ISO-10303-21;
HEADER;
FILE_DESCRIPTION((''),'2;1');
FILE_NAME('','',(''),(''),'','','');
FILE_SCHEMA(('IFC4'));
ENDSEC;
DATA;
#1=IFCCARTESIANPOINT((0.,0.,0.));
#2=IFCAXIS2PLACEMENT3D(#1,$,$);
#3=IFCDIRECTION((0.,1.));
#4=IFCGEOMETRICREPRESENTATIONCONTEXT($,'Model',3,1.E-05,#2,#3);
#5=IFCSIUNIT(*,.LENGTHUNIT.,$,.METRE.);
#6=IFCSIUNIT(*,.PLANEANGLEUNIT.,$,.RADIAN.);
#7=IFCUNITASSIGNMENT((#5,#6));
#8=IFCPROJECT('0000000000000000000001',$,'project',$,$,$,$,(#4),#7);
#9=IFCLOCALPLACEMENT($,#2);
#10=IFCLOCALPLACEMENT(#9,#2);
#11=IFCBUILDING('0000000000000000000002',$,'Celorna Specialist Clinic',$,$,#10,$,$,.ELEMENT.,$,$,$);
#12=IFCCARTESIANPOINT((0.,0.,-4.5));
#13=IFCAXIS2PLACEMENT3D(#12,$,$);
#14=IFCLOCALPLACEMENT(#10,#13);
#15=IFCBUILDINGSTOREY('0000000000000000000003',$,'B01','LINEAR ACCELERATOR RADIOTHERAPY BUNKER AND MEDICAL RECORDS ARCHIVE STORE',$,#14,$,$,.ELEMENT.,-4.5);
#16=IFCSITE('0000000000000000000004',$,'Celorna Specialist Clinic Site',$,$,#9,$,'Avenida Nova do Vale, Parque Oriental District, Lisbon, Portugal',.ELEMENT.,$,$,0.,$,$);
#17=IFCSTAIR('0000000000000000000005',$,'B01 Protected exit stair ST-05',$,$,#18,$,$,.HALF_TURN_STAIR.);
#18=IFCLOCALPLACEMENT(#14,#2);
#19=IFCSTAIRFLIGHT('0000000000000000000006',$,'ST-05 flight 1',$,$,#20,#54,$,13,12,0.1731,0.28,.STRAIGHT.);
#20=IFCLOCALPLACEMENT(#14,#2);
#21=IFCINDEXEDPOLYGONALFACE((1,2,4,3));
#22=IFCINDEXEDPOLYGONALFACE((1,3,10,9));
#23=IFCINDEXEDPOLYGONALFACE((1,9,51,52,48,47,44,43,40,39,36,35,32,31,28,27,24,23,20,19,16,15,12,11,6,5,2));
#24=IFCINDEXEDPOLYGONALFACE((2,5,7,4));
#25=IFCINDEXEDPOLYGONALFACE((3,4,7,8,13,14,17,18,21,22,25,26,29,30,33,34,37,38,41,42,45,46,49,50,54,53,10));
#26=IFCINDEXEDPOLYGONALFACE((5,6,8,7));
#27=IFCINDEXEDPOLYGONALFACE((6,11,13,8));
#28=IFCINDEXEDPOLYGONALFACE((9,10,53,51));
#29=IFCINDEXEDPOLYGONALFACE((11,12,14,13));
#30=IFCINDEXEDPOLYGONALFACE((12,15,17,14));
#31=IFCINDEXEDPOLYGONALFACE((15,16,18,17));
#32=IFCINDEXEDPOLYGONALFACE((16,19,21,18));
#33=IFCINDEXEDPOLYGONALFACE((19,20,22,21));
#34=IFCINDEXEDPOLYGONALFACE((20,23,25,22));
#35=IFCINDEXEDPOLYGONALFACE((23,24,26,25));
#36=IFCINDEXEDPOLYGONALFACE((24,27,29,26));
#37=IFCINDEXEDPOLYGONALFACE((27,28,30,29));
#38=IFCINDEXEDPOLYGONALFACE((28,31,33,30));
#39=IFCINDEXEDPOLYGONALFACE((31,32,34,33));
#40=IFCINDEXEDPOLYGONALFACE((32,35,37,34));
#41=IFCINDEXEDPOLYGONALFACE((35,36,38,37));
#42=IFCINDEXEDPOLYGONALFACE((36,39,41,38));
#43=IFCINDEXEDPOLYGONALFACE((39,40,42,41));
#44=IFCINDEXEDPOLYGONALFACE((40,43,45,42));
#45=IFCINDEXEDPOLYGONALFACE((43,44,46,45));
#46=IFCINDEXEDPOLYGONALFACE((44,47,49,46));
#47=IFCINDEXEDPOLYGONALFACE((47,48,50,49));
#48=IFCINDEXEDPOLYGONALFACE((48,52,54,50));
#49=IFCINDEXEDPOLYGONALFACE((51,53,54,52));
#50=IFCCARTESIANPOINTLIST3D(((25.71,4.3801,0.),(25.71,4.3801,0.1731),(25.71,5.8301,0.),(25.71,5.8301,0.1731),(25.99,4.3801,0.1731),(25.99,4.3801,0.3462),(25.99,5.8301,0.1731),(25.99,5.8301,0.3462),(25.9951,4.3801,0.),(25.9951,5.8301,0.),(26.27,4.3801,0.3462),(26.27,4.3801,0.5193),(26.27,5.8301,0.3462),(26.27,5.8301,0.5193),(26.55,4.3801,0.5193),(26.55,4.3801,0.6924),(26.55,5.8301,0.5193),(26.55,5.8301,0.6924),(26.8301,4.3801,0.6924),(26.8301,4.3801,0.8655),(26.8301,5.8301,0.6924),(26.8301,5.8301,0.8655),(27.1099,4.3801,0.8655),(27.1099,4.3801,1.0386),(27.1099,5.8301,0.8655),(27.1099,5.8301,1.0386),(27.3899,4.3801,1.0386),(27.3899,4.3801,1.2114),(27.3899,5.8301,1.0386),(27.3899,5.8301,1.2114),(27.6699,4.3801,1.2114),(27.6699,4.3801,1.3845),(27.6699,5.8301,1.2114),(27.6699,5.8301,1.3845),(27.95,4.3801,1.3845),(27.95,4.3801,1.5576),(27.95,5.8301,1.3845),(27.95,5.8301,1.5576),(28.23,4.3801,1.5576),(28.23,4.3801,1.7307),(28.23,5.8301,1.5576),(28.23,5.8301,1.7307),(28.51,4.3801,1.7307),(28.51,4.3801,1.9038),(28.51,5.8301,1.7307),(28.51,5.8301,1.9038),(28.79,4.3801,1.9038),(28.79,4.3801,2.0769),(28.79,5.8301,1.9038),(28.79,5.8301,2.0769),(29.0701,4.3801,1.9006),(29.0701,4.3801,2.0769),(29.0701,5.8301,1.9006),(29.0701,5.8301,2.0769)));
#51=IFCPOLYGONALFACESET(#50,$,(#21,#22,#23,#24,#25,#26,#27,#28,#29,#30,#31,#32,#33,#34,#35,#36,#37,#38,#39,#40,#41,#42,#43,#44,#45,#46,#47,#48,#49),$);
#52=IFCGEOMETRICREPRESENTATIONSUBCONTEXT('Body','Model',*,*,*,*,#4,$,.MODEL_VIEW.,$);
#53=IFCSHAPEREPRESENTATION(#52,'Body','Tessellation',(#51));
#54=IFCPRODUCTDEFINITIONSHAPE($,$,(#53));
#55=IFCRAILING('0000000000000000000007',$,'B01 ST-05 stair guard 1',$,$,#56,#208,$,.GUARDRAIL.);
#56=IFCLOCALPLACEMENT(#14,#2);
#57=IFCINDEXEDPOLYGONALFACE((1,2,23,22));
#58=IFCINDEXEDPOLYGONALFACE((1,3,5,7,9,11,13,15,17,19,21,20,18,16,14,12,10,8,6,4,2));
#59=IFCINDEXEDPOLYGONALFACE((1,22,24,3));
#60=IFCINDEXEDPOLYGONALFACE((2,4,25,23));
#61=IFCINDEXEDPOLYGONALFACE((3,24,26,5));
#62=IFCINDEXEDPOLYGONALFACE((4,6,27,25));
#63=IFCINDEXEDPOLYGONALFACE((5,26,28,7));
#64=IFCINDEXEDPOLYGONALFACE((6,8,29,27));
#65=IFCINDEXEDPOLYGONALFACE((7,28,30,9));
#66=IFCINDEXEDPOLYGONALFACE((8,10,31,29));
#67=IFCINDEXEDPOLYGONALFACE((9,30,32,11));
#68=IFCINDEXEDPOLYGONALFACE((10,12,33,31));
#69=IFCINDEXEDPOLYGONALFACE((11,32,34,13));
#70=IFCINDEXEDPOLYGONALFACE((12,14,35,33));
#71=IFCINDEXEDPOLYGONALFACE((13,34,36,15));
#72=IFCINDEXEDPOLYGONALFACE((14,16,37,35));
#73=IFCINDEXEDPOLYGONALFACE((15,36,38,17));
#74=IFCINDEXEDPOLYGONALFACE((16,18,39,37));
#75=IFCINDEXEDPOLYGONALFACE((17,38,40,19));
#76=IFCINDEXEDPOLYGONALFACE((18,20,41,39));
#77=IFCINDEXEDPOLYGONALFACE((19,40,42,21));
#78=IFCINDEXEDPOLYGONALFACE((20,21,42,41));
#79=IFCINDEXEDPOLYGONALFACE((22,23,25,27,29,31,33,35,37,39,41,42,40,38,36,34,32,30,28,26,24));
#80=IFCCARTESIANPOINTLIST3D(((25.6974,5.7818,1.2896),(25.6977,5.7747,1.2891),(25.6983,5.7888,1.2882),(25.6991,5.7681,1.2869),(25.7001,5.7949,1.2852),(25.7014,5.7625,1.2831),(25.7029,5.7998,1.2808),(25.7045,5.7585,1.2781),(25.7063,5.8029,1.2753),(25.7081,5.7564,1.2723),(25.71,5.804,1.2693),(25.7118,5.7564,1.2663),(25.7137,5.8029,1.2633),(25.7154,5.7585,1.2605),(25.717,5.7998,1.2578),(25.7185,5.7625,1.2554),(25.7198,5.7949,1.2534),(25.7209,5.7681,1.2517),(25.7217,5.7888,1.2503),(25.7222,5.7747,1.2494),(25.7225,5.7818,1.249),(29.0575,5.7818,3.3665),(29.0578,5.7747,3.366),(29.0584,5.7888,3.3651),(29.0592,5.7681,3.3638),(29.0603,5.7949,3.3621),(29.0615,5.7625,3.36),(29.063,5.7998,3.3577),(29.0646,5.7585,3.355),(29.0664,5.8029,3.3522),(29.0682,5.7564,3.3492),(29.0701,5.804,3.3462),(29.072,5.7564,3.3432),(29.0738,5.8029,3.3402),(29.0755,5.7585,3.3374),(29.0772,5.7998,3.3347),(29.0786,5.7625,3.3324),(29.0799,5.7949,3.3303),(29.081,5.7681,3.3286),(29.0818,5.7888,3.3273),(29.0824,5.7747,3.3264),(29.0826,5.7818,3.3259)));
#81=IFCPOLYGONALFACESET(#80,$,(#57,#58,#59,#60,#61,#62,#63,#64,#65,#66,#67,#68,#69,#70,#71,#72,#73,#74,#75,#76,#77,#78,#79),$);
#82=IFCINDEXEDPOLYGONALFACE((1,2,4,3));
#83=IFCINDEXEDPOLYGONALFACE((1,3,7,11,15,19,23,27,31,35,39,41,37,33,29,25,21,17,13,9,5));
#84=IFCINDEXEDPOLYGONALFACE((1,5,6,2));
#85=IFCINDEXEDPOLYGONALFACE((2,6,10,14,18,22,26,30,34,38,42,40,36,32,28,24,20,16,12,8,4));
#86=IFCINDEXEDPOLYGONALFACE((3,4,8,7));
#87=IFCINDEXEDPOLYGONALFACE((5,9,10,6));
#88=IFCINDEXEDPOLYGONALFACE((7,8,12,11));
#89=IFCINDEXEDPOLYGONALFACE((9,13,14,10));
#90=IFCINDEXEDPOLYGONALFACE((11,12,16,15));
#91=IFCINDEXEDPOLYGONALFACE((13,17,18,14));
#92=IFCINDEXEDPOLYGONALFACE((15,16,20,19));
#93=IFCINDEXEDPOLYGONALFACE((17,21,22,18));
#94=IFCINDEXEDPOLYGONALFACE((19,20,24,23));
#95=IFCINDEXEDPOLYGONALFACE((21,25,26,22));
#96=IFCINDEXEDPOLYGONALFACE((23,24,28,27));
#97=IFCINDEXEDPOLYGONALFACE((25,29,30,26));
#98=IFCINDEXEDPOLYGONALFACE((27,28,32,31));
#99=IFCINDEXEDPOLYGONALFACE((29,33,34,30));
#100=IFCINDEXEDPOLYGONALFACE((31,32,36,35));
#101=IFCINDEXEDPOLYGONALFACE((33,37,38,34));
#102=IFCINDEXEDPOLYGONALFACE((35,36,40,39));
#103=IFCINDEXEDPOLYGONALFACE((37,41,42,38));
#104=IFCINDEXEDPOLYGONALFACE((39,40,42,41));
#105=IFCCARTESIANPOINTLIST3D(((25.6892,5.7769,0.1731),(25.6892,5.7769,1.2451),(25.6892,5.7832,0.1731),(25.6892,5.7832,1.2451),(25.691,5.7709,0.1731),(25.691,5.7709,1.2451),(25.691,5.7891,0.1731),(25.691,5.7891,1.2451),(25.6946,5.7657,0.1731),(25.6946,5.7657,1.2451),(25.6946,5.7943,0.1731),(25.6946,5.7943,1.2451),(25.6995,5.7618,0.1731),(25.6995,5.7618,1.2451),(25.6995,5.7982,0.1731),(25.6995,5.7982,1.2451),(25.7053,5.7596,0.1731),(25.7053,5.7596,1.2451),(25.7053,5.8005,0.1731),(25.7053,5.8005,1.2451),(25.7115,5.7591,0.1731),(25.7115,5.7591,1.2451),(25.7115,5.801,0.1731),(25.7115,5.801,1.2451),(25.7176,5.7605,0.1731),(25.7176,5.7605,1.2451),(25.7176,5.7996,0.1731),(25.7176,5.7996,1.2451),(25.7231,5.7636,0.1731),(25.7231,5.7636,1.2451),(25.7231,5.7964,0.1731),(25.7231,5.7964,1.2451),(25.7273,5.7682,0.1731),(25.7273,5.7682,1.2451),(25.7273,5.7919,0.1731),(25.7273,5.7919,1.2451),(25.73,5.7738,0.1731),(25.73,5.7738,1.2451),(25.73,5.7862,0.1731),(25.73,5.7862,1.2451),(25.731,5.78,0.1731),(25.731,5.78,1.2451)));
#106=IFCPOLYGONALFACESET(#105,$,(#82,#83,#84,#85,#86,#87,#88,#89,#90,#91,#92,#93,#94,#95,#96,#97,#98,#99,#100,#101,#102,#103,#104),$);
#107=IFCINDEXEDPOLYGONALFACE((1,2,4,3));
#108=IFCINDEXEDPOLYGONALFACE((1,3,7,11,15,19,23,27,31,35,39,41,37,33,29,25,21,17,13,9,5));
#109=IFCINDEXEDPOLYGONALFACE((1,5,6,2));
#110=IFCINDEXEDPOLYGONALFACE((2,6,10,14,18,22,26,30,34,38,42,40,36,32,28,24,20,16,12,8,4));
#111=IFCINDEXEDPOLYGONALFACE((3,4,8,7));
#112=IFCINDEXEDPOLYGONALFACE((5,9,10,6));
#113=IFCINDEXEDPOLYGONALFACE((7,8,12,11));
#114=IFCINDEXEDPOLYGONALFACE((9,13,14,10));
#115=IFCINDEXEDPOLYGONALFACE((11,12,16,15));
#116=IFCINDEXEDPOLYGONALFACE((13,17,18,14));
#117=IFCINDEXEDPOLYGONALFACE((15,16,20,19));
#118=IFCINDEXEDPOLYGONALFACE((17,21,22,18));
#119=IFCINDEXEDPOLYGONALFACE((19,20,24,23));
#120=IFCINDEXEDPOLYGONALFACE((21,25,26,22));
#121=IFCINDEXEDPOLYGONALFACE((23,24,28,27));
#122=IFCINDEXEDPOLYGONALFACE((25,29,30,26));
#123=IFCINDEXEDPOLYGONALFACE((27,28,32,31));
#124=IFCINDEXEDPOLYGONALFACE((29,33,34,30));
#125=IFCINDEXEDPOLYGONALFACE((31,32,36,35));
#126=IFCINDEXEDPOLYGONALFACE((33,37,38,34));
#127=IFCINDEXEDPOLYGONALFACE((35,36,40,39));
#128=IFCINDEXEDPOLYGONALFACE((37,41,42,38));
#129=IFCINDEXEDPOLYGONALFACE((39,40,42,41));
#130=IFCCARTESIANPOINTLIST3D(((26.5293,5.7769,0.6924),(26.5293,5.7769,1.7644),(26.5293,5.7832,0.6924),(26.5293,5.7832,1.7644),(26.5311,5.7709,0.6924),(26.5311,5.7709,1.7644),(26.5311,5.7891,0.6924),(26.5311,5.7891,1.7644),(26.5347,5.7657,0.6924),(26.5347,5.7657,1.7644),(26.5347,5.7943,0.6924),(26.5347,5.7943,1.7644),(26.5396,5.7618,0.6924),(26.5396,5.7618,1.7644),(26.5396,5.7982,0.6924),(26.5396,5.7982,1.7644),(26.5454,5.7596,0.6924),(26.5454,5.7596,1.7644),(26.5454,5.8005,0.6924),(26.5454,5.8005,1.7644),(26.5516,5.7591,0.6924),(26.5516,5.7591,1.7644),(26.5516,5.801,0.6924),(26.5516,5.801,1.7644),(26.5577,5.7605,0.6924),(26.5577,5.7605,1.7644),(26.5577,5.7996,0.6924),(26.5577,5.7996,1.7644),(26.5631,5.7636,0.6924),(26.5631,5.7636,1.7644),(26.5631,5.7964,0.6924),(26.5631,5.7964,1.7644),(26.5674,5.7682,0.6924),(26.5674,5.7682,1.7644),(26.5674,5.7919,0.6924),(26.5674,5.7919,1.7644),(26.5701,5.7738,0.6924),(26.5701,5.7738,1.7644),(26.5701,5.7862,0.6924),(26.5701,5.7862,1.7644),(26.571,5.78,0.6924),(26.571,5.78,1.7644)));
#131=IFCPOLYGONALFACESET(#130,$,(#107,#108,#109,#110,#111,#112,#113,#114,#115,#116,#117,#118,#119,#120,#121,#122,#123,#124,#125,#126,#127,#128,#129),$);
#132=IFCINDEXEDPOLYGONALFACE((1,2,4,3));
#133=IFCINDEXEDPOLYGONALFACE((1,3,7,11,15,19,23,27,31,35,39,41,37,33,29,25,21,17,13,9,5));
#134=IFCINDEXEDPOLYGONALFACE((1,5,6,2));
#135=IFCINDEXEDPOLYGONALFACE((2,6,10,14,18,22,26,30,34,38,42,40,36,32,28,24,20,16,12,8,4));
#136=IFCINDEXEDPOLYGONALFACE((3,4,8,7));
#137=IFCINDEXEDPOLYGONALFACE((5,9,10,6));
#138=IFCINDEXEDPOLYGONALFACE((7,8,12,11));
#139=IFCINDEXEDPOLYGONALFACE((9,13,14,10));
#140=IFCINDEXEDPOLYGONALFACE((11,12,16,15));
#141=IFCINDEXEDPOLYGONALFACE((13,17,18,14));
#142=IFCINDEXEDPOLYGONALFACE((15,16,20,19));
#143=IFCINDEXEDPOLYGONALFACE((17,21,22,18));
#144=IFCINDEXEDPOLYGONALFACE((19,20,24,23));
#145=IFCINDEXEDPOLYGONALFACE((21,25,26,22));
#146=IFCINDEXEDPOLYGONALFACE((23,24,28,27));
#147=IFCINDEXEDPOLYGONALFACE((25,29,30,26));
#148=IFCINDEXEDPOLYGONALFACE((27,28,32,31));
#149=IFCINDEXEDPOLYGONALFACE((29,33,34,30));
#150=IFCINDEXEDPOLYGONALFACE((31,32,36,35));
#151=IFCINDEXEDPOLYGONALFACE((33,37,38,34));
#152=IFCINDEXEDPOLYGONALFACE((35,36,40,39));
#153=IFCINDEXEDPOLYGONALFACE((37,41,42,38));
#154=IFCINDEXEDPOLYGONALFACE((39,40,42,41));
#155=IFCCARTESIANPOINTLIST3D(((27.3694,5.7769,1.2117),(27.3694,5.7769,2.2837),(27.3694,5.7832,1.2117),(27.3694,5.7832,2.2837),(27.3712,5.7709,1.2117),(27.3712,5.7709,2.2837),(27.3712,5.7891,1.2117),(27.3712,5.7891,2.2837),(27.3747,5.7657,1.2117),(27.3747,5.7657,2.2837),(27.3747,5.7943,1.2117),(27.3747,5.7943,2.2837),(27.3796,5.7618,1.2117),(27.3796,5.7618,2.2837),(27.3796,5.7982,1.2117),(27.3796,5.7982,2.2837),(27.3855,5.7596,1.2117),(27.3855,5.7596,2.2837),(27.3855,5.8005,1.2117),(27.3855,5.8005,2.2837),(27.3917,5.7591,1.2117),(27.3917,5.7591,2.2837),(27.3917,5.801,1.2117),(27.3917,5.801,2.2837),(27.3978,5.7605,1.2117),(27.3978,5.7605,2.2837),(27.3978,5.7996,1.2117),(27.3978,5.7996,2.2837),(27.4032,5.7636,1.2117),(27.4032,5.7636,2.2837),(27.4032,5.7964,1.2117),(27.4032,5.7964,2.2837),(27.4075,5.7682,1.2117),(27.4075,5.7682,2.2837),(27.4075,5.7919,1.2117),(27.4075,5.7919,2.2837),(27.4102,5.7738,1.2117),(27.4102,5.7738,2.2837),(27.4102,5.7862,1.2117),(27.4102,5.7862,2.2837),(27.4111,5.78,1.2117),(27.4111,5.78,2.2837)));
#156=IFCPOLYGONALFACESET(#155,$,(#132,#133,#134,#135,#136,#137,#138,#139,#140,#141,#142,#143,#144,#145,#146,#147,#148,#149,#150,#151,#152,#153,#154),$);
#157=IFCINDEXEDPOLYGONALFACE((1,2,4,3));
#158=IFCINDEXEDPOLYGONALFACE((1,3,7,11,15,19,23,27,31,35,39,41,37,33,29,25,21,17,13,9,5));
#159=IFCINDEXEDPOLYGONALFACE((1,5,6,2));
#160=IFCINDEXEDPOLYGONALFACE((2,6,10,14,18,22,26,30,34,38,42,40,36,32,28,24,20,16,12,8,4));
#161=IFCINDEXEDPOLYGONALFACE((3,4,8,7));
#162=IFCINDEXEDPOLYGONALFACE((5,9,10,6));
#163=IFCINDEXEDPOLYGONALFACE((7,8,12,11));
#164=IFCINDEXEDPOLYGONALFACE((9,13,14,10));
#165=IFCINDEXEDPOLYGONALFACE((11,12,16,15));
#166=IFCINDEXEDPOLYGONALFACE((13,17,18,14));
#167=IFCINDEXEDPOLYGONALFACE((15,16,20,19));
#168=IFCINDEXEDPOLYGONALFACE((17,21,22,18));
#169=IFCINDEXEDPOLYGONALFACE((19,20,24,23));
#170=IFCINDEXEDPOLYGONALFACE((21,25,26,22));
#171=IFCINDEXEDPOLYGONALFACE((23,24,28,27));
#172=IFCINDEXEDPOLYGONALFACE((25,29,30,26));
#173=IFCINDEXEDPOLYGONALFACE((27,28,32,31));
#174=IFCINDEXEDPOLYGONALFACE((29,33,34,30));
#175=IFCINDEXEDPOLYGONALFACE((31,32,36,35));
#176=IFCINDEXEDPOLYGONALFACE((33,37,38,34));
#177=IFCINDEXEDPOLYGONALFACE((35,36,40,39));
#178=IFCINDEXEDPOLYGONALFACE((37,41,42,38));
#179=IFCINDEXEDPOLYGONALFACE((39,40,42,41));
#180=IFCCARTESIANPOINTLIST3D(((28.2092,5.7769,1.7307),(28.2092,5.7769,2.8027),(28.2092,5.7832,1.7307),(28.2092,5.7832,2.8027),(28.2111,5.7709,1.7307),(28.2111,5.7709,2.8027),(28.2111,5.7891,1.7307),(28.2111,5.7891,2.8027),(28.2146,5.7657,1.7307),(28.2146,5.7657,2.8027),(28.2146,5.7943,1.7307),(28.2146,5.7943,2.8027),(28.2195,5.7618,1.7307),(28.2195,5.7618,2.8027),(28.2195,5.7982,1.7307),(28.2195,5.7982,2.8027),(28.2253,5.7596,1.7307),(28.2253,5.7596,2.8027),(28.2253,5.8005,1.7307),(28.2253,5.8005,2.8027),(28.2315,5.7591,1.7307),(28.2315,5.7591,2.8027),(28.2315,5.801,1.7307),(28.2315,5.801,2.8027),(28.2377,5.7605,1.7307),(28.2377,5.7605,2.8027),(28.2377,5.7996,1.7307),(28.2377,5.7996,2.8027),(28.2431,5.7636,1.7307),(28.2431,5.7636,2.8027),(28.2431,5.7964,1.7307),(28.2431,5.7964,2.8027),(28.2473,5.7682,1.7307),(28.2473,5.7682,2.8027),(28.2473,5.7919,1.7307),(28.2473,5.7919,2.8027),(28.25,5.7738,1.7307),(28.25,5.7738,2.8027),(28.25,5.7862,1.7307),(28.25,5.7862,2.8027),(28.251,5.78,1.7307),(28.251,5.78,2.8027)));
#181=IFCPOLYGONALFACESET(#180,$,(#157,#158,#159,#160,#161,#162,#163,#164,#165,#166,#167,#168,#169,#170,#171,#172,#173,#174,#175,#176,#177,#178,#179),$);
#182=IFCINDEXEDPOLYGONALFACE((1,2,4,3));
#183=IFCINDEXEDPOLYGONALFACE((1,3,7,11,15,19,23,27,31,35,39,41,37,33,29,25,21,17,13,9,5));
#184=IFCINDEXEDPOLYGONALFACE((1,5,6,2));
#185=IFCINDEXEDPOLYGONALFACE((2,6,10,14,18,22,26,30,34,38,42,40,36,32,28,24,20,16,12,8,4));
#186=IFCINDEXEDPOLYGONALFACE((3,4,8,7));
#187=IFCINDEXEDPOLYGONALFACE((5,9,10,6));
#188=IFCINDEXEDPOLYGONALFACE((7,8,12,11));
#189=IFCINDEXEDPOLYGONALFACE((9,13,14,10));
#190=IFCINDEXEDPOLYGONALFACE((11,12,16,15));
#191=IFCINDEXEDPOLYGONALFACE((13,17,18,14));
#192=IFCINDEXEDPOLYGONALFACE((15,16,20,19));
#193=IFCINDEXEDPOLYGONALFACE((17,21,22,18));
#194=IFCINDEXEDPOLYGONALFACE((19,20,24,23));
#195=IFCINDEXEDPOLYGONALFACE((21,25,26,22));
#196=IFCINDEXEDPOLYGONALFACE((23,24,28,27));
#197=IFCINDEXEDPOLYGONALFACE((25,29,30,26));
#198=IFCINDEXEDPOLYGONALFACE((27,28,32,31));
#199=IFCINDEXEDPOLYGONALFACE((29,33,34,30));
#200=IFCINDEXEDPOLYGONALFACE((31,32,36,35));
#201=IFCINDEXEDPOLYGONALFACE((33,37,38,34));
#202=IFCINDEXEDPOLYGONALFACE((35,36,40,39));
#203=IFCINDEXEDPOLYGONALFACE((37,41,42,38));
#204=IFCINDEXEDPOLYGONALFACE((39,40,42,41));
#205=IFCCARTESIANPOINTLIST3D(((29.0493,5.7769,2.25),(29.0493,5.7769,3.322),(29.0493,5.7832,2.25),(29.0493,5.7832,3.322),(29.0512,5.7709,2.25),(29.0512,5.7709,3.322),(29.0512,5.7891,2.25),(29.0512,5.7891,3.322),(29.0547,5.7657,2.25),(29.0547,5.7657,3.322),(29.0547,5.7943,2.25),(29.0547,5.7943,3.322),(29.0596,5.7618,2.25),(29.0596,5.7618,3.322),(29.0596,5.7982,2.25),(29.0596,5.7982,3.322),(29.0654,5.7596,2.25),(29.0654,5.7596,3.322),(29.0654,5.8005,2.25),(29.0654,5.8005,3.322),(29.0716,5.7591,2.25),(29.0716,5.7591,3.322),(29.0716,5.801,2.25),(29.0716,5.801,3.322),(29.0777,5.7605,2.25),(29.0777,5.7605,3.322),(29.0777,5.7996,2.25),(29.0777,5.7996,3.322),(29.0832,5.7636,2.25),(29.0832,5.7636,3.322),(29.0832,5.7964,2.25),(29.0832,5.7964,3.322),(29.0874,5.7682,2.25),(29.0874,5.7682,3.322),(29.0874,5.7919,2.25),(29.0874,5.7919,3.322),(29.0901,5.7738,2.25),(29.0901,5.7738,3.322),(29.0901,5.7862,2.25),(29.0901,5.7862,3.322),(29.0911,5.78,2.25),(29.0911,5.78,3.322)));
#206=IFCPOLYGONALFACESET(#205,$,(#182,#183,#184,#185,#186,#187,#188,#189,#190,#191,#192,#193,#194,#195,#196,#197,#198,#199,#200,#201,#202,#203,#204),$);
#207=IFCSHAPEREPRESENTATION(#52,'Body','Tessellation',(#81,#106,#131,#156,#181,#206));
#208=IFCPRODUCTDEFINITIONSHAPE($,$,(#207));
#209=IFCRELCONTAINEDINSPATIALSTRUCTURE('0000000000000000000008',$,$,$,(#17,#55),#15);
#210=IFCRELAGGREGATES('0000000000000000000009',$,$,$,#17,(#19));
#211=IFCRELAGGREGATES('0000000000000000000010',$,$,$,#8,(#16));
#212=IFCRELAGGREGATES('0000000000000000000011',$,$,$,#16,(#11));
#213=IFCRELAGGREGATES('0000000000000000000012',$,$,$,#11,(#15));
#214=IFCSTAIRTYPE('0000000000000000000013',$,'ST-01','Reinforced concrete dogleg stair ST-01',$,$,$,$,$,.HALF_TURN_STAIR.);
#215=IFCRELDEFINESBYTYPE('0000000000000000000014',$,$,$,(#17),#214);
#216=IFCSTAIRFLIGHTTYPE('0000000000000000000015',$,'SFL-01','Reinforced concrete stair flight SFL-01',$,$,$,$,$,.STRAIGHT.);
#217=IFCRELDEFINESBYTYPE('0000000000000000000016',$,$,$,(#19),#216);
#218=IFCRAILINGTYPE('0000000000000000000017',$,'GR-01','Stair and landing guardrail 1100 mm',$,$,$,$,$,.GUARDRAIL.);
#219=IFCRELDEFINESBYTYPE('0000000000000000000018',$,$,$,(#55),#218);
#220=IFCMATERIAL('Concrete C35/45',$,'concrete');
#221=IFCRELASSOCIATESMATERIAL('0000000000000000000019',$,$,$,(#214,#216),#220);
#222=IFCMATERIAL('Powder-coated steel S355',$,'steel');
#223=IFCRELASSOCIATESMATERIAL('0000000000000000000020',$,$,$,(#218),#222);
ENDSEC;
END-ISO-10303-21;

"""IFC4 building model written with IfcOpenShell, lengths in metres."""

from ifc_helpers import new_model, si_unit, direction, frame, origin, origin_2d, place, context, subcontext, project, spatial, polyline, circle, outline, extrude, material, type_object, element, aggregate, save


model = new_model("IFC4")

# Units and contexts
model_context = context("Model", 3, precision=1e-05, world=origin(), true_north=direction((0.0, 1.0)))
body_context = subcontext(model_context, "Body", "Model", "MODEL_VIEW")
ifc_project = project(units=[si_unit("LENGTHUNIT", "METRE"), si_unit("PLANEANGLEUNIT", "RADIAN")], contexts=[model_context])

# Site, building, storey
site_placement = place(None, origin())
site = spatial("IfcSite", under=ifc_project, at=site_placement, Name="Celorna Specialist Clinic Site", LongName="Avenida Nova do Vale, Parque Oriental District, Lisbon, Portugal", CompositionType="ELEMENT", RefElevation=0.0)
building_placement = place(site_placement, origin())
building = spatial("IfcBuilding", under=site, at=building_placement, Name="Celorna Specialist Clinic", CompositionType="ELEMENT")
storey_placement = place(building_placement, frame((0.0, 0.0, -4.5)))
storey = spatial("IfcBuildingStorey", under=building, at=storey_placement, Name="B01", Description="LINEAR ACCELERATOR RADIOTHERAPY BUNKER AND MEDICAL RECORDS ARCHIVE STORE", CompositionType="ELEMENT", Elevation=-4.5)

# Shared definitions
ifc_material_1 = material(Name="Concrete C35/45", Category="concrete")

# Stair, stair flight
stair_type = type_object("IfcStairType", Name="ST-01", Description="Reinforced concrete dogleg stair ST-01", PredefinedType="HALF_TURN_STAIR", material=ifc_material_1)
stair_placement = place(storey_placement, origin())
stair = element("IfcStair", 1, at=stair_placement, inside=storey, type_object=stair_type, Name="B01 Protected exit stair ST-05", PredefinedType="HALF_TURN_STAIR")
stair_flight_type = type_object("IfcStairFlightType", Name="SFL-01", Description="Reinforced concrete stair flight SFL-01", PredefinedType="STRAIGHT", material=ifc_material_1)
stair_flight_placement = place(storey_placement, frame((25.71, 5.105, 0.0), z_axis=(0.0, 0.0, 1.0), x_axis=(1.0, 0.0, 0.0)))
stair_flight = element("IfcStairFlight", 2, at=stair_flight_placement, type_object=stair_flight_type, Name="ST-05 flight 1", NumberOfRisers=13, NumberOfTreads=12, PredefinedType="STRAIGHT", RiserHeight=0.1731, TreadLength=0.28, context=body_context, shape_type="SweptSolid", body=[
    extrude(outline(polyline([(0.0, 0.0), (0.0, 0.1731), (0.28, 0.1731), (0.28, 0.3462), (0.5601, 0.3462), (0.5601, 0.5193), (0.8401, 0.5193), (0.8401, 0.6924), (1.1201, 0.6924), (1.1201, 0.8655), (1.3999, 0.8655), (1.3999, 1.0386), (1.6799, 1.0386), (1.6799, 1.2114), (1.96, 1.2114), (1.96, 1.3845), (2.24, 1.3845), (2.24, 1.5576), (2.52, 1.5576), (2.52, 1.7307), (2.8, 1.7307), (2.8, 1.9038), (3.0801, 1.9038), (3.0801, 2.0769), (3.3601, 2.0769), (3.3601, 2.25), (3.3601, 1.9006), (0.2852, 0.0), (0.0, 0.0)])), frame((0.0, 0.7251, 0.0), z_axis=(0.0, -1.0, 0.0), x_axis=(1.0, 0.0, 0.0)), (0.0, 0.0, 1.0), 1.45),
])
aggregate(stair, [stair_flight])

# Railing
ifc_material_2 = material(Name="Powder-coated steel S355", Category="steel")
railing_type_1 = type_object("IfcRailingType", Name="GR-01", Description="Stair and landing guardrail 1100 mm", PredefinedType="GUARDRAIL", material=ifc_material_2)
railing_1_placement = place(storey_placement, frame((25.71, 5.78, 0.1731)))
element("IfcRailing", 3, at=railing_1_placement, inside=storey, type_object=railing_type_1, Name="B01 ST-05 stair guard 1", PredefinedType="GUARDRAIL", context=body_context, shape_type="SweptSolid", body=[
    extrude(circle(Radius=0.0239, at=origin_2d()), frame((0.0, 0.0, 1.0962), z_axis=(0.850623, 0.0, 0.525776), x_axis=(0.0, 1.0, 0.0)), (0.0, 0.0, 1.0), 3.9502),
    extrude(circle(Radius=0.021, at=origin_2d()), origin(), (0.0, 0.0, 1.0), 1.072),
    extrude(circle(Radius=0.021, at=origin_2d()), frame((0.8401, 0.0, 0.5193)), (0.0, 0.0, 1.0), 1.072),
    extrude(circle(Radius=0.021, at=origin_2d()), frame((1.6802, 0.0, 1.0386)), (0.0, 0.0, 1.0), 1.072),
    extrude(circle(Radius=0.021, at=origin_2d()), frame((2.52, 0.0, 1.5576)), (0.0, 0.0, 1.0), 1.072),
    extrude(circle(Radius=0.021, at=origin_2d()), frame((3.3601, 0.0, 2.0769)), (0.0, 0.0, 1.0), 1.072),
])

save(model, "model.ifc")
